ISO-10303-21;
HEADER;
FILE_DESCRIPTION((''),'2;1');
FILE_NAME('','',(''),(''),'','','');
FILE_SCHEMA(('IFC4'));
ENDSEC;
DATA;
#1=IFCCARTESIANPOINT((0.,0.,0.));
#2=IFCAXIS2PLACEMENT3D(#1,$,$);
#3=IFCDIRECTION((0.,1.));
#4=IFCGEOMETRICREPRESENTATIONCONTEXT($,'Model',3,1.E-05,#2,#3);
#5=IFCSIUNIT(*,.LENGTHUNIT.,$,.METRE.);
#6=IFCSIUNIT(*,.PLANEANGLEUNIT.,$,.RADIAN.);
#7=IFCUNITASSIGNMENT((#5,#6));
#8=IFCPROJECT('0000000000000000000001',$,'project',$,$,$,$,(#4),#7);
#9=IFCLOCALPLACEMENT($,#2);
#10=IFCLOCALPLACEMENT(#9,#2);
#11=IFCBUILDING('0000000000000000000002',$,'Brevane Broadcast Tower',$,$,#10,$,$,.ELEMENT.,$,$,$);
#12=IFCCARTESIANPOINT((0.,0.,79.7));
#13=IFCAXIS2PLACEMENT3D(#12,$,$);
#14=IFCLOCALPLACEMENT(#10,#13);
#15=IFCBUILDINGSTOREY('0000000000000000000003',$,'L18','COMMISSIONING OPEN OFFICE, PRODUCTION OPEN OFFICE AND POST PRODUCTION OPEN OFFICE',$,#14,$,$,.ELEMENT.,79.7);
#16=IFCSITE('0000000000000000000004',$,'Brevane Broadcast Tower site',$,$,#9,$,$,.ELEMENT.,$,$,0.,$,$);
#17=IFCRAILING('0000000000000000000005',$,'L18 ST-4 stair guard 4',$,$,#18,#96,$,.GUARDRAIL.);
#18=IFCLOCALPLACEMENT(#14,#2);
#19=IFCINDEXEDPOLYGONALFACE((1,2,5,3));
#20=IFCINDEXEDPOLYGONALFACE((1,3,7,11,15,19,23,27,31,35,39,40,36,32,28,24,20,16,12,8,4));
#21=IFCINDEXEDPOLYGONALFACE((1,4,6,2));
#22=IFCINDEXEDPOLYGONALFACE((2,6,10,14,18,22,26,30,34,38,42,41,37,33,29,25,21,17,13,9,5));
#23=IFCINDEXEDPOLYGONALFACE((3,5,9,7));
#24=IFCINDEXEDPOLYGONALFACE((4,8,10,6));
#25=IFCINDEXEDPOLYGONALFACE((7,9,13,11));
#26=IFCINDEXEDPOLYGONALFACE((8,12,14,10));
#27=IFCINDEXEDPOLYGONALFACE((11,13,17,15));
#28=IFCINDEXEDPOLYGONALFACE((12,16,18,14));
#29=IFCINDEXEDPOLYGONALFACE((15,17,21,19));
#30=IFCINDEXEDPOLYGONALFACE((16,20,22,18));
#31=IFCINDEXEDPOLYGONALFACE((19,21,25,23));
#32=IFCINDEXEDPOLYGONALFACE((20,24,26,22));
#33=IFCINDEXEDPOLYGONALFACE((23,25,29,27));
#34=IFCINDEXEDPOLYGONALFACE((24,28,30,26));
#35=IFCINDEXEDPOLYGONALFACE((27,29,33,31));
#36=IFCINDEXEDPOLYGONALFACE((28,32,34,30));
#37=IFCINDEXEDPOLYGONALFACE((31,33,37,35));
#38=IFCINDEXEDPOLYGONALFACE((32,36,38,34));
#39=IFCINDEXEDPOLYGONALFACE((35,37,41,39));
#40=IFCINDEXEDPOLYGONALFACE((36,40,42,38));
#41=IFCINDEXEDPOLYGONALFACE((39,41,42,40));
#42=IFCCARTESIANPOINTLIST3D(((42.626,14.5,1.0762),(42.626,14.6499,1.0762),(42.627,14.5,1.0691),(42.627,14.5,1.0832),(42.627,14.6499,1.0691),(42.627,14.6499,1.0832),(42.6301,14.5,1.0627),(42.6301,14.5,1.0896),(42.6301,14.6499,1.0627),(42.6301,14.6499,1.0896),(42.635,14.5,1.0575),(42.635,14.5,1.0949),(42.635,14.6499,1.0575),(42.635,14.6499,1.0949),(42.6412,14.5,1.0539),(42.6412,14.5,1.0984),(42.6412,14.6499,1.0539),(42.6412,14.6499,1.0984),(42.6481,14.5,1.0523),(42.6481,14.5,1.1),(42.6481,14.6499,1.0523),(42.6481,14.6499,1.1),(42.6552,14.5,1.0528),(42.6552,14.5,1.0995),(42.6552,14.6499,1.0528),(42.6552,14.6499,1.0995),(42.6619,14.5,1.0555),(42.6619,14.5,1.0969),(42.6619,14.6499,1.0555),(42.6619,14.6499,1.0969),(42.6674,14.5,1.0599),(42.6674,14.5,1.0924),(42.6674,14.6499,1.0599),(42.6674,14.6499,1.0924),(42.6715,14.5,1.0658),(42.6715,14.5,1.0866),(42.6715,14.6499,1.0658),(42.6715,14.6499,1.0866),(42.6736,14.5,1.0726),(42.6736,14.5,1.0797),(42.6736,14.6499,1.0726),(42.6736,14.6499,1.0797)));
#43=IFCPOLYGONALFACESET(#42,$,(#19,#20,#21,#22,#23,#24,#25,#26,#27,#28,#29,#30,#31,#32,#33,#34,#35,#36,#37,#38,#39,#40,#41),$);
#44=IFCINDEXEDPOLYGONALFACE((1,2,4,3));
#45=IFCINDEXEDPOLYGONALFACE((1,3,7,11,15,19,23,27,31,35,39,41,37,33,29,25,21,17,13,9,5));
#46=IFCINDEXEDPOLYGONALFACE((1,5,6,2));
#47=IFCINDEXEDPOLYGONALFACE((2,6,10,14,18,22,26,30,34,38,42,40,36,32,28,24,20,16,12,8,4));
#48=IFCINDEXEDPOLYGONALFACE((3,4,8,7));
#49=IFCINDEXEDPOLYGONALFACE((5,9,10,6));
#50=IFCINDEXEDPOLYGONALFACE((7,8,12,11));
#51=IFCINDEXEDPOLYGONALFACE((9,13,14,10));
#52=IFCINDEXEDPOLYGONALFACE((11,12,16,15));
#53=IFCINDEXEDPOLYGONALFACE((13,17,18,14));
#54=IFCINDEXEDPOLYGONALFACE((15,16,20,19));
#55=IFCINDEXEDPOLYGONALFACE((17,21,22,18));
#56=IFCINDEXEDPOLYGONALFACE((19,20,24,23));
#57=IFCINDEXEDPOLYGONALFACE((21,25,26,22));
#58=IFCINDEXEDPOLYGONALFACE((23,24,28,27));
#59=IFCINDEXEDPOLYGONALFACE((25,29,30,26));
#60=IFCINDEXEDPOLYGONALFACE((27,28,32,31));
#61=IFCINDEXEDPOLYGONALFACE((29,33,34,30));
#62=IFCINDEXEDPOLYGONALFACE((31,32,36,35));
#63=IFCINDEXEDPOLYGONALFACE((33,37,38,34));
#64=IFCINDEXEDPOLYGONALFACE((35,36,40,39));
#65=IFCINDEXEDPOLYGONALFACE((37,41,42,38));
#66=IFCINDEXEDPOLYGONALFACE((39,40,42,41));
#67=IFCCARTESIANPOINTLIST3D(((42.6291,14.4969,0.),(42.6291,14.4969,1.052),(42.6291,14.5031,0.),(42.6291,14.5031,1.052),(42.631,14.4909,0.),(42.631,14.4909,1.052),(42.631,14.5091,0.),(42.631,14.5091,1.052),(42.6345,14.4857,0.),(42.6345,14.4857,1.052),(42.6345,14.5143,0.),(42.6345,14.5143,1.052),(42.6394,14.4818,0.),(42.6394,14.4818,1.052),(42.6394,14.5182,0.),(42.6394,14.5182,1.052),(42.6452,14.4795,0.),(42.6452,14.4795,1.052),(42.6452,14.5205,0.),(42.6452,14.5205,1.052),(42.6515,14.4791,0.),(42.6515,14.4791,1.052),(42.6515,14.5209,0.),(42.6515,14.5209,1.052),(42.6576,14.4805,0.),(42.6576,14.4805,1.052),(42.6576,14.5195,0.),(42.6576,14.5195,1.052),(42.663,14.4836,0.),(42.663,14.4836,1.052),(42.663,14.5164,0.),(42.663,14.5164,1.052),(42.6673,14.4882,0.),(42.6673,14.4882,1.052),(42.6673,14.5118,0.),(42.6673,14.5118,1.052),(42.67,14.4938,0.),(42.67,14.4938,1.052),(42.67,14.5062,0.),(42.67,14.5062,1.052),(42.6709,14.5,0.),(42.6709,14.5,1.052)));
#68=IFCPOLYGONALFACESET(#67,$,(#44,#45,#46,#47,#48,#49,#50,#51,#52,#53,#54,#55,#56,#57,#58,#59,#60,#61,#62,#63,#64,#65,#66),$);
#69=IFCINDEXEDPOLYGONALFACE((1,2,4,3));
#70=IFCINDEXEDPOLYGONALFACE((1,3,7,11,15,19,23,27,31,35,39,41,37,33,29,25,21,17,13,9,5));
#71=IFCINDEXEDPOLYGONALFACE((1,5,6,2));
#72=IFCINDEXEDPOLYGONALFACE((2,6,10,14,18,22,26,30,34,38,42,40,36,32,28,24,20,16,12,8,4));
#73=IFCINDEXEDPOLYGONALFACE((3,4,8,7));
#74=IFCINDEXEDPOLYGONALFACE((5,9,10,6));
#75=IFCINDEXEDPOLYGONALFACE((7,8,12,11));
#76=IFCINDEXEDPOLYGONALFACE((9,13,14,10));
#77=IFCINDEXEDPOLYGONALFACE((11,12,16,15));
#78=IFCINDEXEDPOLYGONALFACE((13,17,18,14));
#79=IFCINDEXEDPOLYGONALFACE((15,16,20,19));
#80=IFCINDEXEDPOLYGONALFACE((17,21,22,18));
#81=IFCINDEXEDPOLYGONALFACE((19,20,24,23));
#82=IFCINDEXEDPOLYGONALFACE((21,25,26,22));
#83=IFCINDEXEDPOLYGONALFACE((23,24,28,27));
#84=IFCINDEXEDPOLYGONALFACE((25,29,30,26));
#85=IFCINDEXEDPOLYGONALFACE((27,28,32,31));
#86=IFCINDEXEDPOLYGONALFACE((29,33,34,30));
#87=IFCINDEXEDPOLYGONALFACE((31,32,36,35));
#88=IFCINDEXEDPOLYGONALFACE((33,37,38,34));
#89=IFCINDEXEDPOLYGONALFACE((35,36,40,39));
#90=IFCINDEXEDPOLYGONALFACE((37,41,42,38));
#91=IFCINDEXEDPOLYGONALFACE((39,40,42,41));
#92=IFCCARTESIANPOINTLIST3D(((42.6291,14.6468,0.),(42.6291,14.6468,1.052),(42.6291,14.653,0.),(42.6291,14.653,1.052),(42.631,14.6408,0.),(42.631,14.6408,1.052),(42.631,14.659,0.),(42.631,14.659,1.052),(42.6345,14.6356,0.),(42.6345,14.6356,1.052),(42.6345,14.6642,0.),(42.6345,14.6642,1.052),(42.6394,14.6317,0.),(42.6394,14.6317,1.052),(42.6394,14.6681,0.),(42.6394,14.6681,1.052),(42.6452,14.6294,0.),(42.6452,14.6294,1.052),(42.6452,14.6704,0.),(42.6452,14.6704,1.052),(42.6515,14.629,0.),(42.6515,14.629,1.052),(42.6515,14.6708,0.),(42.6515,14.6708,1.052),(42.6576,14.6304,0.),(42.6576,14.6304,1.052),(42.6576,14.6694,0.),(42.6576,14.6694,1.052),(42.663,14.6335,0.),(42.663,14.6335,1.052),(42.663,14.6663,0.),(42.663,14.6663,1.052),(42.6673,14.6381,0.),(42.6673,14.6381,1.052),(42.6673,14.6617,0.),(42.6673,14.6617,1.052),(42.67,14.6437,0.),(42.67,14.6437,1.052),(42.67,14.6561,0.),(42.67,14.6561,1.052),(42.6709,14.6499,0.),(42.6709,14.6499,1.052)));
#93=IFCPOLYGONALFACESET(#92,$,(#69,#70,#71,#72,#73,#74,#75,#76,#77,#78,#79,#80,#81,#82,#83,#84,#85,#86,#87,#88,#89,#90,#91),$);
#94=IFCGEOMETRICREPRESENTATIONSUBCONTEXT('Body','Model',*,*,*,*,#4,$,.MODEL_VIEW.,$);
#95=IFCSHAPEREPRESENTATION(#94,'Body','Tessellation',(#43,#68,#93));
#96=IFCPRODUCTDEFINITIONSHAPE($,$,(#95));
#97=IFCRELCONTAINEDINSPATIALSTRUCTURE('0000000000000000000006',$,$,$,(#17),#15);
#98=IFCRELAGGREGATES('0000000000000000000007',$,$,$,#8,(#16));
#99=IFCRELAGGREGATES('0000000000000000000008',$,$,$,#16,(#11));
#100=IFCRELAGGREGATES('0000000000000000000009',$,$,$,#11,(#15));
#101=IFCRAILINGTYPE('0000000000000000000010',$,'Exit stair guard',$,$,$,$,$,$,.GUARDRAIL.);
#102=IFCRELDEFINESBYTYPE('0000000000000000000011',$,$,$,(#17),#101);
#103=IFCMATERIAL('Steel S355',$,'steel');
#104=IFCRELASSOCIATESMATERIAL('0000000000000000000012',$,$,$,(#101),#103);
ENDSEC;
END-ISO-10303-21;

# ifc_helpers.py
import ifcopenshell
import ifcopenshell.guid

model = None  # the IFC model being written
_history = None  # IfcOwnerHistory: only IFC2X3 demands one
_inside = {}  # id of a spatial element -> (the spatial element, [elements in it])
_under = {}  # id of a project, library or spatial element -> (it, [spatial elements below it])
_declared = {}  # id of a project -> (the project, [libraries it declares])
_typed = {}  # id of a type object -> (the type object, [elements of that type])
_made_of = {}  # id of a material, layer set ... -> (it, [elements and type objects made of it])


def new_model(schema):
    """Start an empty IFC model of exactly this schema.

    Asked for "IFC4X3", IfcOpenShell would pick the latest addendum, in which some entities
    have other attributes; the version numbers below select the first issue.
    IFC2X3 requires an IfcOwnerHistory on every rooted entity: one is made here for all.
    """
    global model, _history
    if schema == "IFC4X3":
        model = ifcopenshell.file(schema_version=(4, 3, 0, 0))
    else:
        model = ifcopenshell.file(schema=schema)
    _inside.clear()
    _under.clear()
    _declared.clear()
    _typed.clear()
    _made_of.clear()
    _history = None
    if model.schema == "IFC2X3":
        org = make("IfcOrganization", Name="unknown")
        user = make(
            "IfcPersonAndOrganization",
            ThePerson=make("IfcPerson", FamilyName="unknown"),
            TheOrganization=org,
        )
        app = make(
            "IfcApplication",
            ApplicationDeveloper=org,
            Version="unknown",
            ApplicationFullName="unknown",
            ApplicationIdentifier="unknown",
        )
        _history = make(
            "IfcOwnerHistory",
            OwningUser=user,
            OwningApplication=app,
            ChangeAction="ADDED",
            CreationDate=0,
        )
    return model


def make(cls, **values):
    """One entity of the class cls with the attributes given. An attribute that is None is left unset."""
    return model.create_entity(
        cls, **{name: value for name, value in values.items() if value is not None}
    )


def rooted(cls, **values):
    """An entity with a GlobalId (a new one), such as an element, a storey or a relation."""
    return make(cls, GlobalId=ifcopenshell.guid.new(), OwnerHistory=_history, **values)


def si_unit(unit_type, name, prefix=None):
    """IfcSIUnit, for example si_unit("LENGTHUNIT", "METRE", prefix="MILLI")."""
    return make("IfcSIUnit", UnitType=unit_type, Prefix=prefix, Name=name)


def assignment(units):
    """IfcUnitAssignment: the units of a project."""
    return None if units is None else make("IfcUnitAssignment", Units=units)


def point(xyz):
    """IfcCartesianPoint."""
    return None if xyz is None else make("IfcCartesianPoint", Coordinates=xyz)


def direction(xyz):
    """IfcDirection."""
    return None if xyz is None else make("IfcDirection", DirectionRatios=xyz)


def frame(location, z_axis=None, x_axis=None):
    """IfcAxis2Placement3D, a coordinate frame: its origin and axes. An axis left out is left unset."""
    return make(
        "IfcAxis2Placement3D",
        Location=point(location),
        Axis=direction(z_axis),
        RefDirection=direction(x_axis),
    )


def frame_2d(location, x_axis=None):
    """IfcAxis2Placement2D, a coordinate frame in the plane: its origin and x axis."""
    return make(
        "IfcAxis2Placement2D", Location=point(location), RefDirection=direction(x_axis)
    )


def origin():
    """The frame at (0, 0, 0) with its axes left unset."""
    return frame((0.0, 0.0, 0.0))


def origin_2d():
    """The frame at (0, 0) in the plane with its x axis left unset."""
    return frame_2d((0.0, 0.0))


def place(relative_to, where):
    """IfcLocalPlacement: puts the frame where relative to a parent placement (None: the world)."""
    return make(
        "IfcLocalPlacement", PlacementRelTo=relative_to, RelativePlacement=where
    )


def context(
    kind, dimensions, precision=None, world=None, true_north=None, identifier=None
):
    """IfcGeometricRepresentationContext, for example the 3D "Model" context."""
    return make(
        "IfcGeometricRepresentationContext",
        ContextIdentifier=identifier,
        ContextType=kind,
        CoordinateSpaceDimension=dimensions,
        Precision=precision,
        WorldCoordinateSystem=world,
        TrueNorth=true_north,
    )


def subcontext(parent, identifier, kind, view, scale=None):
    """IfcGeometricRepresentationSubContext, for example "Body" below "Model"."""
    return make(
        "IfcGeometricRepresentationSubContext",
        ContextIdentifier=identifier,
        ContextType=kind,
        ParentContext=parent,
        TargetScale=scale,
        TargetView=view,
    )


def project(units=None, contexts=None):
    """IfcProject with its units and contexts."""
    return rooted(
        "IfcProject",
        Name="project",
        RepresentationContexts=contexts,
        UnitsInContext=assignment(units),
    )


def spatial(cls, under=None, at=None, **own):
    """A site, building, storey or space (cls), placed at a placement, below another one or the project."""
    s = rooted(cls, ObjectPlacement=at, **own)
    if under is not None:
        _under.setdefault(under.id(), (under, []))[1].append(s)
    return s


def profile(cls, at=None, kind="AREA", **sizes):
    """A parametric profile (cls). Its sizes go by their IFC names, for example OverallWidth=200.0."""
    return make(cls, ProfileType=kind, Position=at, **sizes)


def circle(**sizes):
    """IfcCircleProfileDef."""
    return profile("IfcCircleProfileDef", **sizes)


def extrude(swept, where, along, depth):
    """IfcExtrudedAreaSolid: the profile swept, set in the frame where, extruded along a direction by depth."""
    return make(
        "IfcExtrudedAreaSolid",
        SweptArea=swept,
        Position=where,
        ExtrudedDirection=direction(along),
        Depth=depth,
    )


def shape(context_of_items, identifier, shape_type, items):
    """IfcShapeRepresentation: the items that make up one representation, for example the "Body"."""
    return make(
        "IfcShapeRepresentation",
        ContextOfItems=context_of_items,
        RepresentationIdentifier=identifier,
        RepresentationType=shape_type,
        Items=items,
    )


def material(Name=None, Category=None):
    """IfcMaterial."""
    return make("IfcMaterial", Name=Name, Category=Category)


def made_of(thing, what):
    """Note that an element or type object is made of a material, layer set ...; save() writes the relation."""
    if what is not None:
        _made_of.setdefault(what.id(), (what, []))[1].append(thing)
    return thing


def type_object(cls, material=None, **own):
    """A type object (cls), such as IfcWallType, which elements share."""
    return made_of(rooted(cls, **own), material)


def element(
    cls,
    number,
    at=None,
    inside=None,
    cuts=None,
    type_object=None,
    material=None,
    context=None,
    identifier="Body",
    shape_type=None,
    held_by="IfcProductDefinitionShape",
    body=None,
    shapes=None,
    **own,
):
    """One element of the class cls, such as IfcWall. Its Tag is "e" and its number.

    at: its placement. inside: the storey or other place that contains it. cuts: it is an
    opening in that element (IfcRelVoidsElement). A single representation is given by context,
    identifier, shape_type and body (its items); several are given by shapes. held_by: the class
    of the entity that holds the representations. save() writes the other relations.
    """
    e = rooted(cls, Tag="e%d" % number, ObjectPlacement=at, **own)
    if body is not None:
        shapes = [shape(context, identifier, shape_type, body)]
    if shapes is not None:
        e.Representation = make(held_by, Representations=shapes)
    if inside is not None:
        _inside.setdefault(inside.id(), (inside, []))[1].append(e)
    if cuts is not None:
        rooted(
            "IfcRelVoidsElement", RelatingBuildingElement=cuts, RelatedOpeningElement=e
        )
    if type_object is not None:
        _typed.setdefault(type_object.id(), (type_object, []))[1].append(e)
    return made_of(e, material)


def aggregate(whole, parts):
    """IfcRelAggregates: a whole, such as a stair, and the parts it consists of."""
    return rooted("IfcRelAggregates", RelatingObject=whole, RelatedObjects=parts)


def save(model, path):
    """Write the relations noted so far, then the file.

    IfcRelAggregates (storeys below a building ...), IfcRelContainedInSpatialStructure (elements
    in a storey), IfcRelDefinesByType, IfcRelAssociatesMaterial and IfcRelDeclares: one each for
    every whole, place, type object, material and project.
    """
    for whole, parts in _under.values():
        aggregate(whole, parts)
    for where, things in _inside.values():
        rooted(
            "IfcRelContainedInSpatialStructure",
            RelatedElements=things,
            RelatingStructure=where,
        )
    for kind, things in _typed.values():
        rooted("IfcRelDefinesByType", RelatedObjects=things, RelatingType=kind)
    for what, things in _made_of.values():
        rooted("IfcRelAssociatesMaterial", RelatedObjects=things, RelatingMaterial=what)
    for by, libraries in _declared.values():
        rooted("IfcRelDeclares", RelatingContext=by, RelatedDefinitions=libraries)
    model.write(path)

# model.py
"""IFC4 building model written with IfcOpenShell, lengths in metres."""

from ifc_helpers import new_model, si_unit, direction, frame, origin, origin_2d, place, context, subcontext, project, spatial, circle, extrude, material, type_object, element, save


model = new_model("IFC4")

# Units and contexts
model_context = context("Model", 3, precision=1e-05, world=origin(), true_north=direction((0.0, 1.0)))
body_context = subcontext(model_context, "Body", "Model", "MODEL_VIEW")
ifc_project = project(units=[si_unit("LENGTHUNIT", "METRE"), si_unit("PLANEANGLEUNIT", "RADIAN")], contexts=[model_context])

# Site, building, storey
site_placement = place(None, origin())
site = spatial("IfcSite", under=ifc_project, at=site_placement, Name="Brevane Broadcast Tower site", CompositionType="ELEMENT", RefElevation=0.0)
building_placement = place(site_placement, origin())
building = spatial("IfcBuilding", under=site, at=building_placement, Name="Brevane Broadcast Tower", CompositionType="ELEMENT")
storey_placement = place(building_placement, frame((0.0, 0.0, 79.7)))
storey = spatial("IfcBuildingStorey", under=building, at=storey_placement, Name="L18", Description="COMMISSIONING OPEN OFFICE, PRODUCTION OPEN OFFICE AND POST PRODUCTION OPEN OFFICE", CompositionType="ELEMENT", Elevation=79.7)

# Railing
ifc_material_1 = material(Name="Steel S355", Category="steel")
railing_type_1 = type_object("IfcRailingType", Name="Exit stair guard", PredefinedType="GUARDRAIL", material=ifc_material_1)
railing_1_placement = place(storey_placement, frame((42.6499, 14.5, 0.0)))
element("IfcRailing", 1, at=railing_1_placement, inside=storey, type_object=railing_type_1, Name="L18 ST-4 stair guard 4", PredefinedType="GUARDRAIL", context=body_context, shape_type="SweptSolid", body=[
    extrude(circle(Radius=0.0239, at=origin_2d()), frame((0.0, 0.0, 1.0762), z_axis=(0.0, 1.0, 0.0), x_axis=(-1.0, 0.0, 0.0)), (0.0, 0.0, 1.0), 0.1499),
    extrude(circle(Radius=0.021, at=origin_2d()), origin(), (0.0, 0.0, 1.0), 1.052),
    extrude(circle(Radius=0.021, at=origin_2d()), frame((0.0, 0.1499, 0.0)), (0.0, 0.0, 1.0), 1.052),
])

save(model, "model.ifc")
